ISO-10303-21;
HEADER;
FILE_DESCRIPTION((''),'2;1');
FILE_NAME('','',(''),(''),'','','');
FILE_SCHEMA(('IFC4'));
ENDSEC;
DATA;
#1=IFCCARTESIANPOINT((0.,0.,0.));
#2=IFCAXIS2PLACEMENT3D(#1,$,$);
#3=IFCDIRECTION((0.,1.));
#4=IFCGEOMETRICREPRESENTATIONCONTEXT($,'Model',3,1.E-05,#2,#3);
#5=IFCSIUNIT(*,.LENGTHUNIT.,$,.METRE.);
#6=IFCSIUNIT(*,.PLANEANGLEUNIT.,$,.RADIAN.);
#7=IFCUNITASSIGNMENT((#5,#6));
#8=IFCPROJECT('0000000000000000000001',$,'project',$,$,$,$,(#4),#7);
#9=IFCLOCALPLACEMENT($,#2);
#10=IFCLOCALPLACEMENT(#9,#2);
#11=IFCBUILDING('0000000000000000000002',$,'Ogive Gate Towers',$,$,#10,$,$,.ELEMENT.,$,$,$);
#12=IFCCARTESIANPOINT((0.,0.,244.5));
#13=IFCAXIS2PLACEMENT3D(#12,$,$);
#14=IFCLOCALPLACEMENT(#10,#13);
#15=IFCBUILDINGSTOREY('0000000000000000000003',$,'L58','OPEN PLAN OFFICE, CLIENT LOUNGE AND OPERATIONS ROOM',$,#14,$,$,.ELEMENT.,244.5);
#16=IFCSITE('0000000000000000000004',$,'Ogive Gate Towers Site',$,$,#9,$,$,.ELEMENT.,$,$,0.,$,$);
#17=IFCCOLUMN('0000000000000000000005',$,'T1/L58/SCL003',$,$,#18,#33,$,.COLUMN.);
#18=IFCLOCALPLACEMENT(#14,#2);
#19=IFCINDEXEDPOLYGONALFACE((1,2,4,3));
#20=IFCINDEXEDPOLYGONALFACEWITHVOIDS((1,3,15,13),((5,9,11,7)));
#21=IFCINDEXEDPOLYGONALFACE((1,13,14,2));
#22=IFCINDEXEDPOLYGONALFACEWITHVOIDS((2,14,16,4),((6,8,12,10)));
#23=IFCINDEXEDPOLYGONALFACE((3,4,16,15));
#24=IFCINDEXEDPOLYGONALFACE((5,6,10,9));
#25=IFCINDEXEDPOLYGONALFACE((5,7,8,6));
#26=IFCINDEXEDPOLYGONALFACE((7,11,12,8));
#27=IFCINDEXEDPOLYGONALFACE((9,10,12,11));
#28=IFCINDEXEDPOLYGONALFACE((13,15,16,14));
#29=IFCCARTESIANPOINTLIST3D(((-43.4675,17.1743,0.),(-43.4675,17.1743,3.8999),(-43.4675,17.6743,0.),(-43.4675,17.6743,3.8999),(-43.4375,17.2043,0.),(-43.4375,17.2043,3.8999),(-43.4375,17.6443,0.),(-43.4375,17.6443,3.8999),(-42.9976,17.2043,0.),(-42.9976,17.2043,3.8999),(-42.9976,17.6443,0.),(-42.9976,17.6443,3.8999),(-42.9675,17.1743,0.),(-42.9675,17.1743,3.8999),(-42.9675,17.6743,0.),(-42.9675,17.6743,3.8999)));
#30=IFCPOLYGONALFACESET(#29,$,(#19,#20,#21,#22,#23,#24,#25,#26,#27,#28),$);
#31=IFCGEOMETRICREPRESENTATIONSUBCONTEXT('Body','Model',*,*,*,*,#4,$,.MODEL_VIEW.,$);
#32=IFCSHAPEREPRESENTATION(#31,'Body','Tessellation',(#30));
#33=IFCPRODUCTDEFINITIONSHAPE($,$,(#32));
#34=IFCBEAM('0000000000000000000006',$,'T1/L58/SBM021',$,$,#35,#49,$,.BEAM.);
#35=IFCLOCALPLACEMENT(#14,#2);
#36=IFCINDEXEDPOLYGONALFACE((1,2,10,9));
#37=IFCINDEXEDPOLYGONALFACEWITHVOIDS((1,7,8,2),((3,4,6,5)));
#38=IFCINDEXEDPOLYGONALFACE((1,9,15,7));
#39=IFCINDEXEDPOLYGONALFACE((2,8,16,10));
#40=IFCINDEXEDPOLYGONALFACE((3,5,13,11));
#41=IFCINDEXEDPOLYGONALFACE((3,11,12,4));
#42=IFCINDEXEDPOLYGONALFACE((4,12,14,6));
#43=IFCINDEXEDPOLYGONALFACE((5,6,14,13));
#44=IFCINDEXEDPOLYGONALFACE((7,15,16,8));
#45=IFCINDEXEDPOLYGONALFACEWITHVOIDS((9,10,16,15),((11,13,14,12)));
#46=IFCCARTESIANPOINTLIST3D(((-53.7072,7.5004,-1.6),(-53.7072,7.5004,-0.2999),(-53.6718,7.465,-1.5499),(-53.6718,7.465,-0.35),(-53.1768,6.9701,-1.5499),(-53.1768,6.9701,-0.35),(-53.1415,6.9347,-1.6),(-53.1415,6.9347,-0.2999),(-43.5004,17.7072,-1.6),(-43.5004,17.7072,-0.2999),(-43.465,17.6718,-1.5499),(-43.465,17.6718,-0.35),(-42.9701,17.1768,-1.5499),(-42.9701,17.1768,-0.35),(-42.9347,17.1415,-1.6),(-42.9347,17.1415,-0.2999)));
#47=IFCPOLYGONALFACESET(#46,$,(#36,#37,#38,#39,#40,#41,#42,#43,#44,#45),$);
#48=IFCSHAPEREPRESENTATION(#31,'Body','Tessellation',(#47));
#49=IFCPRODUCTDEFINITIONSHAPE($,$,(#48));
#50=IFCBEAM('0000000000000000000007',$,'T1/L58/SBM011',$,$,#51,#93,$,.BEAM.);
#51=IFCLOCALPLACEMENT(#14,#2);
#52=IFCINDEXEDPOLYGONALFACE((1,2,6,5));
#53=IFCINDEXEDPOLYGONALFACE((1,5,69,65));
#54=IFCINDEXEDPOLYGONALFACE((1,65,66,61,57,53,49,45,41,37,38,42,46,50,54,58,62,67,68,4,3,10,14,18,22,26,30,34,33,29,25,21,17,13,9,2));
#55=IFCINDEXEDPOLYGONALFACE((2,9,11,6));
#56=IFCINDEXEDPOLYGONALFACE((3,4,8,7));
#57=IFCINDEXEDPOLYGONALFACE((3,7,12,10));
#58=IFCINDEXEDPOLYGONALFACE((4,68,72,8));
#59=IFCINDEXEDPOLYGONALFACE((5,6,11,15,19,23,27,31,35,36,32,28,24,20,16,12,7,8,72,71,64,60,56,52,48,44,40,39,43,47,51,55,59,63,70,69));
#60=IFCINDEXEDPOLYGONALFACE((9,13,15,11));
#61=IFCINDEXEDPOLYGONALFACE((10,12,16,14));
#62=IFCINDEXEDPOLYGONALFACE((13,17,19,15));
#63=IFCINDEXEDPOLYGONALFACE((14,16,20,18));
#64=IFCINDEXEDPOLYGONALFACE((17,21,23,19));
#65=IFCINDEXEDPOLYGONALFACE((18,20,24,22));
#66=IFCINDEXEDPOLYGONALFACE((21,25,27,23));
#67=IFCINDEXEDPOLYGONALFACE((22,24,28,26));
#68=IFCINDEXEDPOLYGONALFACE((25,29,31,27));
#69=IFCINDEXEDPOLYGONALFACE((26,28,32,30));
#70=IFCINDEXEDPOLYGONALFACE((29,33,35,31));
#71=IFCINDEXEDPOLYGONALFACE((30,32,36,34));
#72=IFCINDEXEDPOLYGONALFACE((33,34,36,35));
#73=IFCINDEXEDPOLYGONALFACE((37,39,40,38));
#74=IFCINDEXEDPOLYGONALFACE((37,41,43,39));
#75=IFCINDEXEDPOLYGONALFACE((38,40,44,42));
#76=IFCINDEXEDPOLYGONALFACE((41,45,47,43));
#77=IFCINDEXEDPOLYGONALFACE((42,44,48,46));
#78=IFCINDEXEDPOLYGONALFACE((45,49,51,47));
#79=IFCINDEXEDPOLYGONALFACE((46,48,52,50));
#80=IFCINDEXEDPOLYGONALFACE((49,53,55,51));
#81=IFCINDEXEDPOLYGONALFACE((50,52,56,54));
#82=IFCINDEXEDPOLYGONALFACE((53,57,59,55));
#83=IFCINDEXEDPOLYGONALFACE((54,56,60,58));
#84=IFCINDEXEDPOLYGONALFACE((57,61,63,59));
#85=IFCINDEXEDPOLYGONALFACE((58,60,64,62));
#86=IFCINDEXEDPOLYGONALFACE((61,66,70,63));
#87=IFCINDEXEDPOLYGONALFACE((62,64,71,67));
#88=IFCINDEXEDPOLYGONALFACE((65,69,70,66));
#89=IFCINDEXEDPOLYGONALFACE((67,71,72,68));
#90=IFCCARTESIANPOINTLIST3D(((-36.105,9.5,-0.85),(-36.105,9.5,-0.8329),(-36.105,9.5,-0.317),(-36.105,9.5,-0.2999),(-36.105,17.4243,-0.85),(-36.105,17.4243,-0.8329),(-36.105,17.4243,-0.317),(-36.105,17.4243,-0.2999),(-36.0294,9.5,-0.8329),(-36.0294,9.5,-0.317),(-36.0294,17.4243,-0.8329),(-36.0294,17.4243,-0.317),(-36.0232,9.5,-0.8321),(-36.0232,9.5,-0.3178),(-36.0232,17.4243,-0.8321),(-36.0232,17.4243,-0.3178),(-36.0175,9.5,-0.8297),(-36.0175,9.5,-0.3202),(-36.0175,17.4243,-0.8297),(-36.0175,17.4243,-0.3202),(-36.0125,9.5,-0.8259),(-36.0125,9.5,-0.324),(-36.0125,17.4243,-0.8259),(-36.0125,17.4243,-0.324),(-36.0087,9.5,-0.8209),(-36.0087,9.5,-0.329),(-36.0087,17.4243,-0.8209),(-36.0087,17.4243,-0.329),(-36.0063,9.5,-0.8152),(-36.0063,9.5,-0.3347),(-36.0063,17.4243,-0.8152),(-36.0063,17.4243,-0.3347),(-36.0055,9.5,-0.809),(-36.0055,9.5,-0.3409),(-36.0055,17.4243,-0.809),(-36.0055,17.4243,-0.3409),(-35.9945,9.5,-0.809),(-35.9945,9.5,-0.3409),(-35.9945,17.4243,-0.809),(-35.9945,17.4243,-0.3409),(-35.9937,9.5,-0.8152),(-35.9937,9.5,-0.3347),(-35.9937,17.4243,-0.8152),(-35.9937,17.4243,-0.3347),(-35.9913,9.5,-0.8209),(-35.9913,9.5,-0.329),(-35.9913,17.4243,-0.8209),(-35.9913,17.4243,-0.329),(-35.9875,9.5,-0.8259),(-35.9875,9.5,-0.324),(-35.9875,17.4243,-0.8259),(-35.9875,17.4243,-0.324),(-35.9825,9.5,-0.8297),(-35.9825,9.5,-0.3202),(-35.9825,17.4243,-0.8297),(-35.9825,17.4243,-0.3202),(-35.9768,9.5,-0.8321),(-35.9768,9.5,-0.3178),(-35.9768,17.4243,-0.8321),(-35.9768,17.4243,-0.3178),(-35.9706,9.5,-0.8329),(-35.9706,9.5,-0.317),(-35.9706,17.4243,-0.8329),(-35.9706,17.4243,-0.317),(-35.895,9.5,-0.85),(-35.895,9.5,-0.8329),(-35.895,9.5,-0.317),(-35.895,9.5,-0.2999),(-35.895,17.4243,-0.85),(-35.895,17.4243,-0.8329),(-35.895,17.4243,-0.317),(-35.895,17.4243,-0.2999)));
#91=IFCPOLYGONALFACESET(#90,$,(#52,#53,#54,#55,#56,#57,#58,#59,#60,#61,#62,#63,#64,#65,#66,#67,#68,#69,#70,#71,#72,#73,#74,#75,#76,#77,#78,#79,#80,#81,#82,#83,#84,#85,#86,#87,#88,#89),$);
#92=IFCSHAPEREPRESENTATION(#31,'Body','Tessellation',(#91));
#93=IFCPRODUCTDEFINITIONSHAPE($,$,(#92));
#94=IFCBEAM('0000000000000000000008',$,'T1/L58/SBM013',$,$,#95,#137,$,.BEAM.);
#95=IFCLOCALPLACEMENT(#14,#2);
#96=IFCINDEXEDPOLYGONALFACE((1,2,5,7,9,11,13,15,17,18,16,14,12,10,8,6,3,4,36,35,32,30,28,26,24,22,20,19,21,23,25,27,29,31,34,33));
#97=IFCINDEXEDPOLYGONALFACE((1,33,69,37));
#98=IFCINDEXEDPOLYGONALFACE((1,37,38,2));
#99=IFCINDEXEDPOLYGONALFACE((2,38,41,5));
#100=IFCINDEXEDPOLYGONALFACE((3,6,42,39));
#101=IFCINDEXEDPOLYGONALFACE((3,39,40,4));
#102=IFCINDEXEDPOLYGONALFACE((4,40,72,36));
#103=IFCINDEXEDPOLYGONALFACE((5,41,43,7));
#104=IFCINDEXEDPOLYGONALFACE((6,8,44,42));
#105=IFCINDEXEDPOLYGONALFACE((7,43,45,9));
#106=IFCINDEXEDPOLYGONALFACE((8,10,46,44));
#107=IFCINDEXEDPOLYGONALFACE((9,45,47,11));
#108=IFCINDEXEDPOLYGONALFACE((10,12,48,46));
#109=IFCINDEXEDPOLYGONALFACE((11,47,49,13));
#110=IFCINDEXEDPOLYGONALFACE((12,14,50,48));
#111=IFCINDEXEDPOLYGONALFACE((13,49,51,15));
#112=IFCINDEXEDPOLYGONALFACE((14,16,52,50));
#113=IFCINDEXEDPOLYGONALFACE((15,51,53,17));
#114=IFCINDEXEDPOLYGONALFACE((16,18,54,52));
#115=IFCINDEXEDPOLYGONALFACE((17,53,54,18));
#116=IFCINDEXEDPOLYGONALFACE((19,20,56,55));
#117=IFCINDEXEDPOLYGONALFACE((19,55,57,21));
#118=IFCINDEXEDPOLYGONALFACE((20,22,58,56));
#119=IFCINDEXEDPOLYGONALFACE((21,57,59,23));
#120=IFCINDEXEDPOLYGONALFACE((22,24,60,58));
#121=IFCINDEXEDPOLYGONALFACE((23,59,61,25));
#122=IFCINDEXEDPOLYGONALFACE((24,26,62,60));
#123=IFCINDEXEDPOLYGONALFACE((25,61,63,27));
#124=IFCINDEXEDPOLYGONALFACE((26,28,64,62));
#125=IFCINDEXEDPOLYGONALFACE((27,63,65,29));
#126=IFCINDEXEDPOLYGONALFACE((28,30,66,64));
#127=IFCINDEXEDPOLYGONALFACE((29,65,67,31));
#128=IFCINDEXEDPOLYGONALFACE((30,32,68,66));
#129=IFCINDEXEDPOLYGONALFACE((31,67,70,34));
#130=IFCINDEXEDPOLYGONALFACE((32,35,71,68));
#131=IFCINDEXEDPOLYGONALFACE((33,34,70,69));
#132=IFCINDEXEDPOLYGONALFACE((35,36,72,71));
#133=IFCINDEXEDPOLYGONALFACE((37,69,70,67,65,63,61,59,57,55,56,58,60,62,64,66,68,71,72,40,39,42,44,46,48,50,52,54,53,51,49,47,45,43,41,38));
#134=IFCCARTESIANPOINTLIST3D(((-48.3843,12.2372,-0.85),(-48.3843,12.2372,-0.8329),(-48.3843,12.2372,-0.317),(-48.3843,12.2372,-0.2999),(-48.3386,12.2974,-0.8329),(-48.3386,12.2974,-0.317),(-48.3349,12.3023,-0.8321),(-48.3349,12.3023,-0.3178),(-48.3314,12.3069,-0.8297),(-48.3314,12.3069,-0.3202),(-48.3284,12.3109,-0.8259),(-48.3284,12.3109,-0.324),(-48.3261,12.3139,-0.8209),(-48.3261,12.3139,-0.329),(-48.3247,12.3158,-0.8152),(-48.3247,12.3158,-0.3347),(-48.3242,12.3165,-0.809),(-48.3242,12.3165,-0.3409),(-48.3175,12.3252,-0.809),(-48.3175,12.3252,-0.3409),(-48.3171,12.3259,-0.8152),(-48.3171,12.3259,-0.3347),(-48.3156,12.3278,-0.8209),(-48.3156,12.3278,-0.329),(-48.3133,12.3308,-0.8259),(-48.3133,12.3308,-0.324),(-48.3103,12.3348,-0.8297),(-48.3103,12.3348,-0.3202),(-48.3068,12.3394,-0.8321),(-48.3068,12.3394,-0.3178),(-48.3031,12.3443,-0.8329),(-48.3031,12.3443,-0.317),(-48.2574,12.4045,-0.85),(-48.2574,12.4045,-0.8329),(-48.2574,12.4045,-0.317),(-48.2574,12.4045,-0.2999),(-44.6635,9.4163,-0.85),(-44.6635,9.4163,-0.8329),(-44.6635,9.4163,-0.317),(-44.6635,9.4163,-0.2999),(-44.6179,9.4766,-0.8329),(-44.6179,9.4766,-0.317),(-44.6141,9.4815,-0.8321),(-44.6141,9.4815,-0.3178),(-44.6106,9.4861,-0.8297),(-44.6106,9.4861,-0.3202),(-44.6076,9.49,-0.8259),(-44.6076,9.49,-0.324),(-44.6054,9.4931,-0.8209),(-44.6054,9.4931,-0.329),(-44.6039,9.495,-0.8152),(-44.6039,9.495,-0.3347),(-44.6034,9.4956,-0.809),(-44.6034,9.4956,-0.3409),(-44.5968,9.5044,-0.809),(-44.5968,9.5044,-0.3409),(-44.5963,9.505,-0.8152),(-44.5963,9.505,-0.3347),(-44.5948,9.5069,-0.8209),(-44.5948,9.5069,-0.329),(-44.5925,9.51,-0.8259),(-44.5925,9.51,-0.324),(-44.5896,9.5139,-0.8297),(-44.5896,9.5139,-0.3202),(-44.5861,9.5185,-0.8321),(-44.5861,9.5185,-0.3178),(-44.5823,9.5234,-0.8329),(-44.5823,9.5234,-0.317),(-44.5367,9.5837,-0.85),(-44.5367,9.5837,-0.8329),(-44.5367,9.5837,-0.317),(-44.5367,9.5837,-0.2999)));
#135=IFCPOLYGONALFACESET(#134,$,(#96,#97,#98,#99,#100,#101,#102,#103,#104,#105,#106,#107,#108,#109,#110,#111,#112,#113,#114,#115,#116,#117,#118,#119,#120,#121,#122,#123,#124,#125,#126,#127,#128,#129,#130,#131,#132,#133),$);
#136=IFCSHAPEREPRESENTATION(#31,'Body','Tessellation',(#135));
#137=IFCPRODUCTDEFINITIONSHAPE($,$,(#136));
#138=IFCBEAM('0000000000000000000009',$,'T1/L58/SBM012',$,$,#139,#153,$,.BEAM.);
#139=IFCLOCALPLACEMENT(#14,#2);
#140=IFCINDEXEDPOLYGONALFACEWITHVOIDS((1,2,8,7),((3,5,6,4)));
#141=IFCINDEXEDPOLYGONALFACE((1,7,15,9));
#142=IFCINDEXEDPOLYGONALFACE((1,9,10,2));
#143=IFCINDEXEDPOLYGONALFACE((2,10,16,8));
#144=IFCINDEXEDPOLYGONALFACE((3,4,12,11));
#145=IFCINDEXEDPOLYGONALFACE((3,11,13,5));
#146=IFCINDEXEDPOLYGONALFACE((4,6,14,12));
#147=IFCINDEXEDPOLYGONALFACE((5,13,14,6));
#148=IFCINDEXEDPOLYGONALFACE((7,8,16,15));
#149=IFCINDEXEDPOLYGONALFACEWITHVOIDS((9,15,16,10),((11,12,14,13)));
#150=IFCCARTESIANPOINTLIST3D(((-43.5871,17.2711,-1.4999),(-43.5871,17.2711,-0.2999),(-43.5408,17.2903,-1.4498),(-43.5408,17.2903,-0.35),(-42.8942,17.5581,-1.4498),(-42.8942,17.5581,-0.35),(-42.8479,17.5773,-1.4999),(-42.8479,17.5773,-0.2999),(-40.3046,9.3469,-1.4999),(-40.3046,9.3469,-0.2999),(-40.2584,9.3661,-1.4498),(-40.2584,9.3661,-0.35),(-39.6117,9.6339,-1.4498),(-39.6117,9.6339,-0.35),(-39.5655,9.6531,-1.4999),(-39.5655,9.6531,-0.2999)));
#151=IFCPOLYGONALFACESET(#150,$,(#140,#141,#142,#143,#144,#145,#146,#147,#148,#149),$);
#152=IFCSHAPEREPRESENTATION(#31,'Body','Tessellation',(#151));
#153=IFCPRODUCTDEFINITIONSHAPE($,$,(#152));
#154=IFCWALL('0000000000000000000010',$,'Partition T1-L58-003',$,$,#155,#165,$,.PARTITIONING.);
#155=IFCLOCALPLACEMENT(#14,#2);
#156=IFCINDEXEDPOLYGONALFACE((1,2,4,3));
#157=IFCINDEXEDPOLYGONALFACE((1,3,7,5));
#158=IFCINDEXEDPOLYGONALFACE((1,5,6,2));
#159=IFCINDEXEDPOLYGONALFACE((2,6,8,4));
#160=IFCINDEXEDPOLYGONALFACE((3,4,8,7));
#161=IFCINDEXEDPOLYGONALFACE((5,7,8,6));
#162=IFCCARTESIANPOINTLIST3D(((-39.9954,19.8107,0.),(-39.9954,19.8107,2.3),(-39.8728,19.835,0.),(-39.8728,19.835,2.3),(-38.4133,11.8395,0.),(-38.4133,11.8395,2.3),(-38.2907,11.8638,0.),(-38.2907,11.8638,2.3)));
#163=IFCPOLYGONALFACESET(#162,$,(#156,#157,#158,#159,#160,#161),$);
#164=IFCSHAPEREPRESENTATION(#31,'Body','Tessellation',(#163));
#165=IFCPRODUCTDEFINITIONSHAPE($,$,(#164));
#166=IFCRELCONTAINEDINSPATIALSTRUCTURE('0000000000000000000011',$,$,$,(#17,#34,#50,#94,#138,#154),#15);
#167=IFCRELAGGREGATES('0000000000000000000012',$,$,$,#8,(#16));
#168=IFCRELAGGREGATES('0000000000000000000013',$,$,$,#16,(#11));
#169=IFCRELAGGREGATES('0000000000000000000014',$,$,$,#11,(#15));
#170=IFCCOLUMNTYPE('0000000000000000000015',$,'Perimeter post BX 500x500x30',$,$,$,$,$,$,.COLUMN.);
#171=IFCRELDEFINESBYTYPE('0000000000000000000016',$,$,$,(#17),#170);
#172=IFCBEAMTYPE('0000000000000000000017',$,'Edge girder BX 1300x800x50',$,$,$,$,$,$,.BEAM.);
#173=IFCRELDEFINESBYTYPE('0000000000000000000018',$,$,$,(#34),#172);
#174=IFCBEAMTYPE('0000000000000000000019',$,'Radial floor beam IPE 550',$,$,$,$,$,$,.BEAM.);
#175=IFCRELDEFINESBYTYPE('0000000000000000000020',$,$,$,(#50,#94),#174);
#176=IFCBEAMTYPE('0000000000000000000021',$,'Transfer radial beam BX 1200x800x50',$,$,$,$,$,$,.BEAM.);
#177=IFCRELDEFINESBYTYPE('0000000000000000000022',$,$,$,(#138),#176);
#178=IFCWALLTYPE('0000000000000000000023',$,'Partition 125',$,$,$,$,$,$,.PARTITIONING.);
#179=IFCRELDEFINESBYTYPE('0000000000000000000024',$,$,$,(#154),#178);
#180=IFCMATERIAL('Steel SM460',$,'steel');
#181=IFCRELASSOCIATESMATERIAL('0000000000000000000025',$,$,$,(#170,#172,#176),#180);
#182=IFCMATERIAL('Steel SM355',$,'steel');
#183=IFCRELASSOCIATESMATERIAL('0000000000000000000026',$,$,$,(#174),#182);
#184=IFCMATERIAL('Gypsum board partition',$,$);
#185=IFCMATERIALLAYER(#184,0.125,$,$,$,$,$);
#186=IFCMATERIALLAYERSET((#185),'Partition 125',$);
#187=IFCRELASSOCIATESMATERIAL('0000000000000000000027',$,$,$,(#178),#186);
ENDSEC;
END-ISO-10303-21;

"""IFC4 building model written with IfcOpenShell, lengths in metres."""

from ifc_helpers import new_model, si_unit, direction, frame, frame_2d, origin, origin_2d, place, context, subcontext, project, spatial, rectangle, hollow_rectangle, i_section, extrude, material, layer, layer_set, material_profile, profile_set, type_object, element, save


model = new_model("IFC4")

# Units and contexts
model_context = context("Model", 3, precision=1e-05, world=origin(), true_north=direction((0.0, 1.0)))
body_context = subcontext(model_context, "Body", "Model", "MODEL_VIEW")
ifc_project = project(units=[si_unit("LENGTHUNIT", "METRE"), si_unit("PLANEANGLEUNIT", "RADIAN")], contexts=[model_context])

# Site, building, storey
site_placement = place(None, origin())
site = spatial("IfcSite", under=ifc_project, at=site_placement, Name="Ogive Gate Towers Site", CompositionType="ELEMENT", RefElevation=0.0)
building_placement = place(site_placement, origin())
building = spatial("IfcBuilding", under=site, at=building_placement, Name="Ogive Gate Towers", CompositionType="ELEMENT")
storey_placement = place(building_placement, frame((0.0, 0.0, 244.5)))
storey = spatial("IfcBuildingStorey", under=building, at=storey_placement, Name="L58", Description="OPEN PLAN OFFICE, CLIENT LOUNGE AND OPERATIONS ROOM", CompositionType="ELEMENT", Elevation=244.5)

# Column
ifc_material_1 = material(Name="Steel SM460", Category="steel")
ifc_material_profile_1 = material_profile(ifc_material_1, hollow_rectangle(XDim=0.5, YDim=0.5, WallThickness=0.03, at=origin_2d()), Name="BX 500x500x30")
ifc_profile_set_1 = profile_set([ifc_material_profile_1], Name="Steel SM460")
column_type = type_object("IfcColumnType", Name="Perimeter post BX 500x500x30", PredefinedType="COLUMN", material=ifc_profile_set_1)
column_placement = place(storey_placement, frame((-43.2175, 17.4243, 0.0), z_axis=(0.0, 0.0, 1.0), x_axis=(1.0, 0.0, 0.0)))
element("IfcColumn", 1, at=column_placement, inside=storey, type_object=column_type, Name="T1/L58/SCL003", PredefinedType="COLUMN", context=body_context, shape_type="SweptSolid", body=[
    extrude(hollow_rectangle(XDim=0.5, YDim=0.5, WallThickness=0.03, at=origin_2d()), origin(), (0.0, 0.0, 1.0), 3.8999),
])

# Beams
ifc_material_profile_2 = material_profile(ifc_material_1, hollow_rectangle(XDim=0.8, YDim=1.3, WallThickness=0.05, at=origin_2d()), Name="BX 1300x800x50")
ifc_profile_set_2 = profile_set([ifc_material_profile_2], Name="Steel SM460")
beam_type_1 = type_object("IfcBeamType", Name="Edge girder BX 1300x800x50", PredefinedType="BEAM", material=ifc_profile_set_2)
beam_1_placement = place(storey_placement, frame((-43.2175, 17.4243, -0.95), z_axis=(-0.707107, -0.707107, 0.0), x_axis=(0.707107, -0.707107, 0.0)))
element("IfcBeam", 2, at=beam_1_placement, inside=storey, type_object=beam_type_1, Name="T1/L58/SBM021", PredefinedType="BEAM", context=body_context, shape_type="SweptSolid", body=[
    extrude(hollow_rectangle(XDim=0.8, YDim=1.3, WallThickness=0.05, at=origin_2d()), origin(), (0.0, 0.0, 1.0), 14.4346),
])
ifc_material_2 = material(Name="Steel SM355", Category="steel")
ifc_material_profile_3 = material_profile(ifc_material_2, i_section(OverallWidth=0.21, OverallDepth=0.55, WebThickness=0.011, FlangeThickness=0.0171, FilletRadius=0.0239, at=origin_2d()), Name="IPE 550")
ifc_profile_set_3 = profile_set([ifc_material_profile_3], Name="Steel SM355")
beam_type_2 = type_object("IfcBeamType", Name="Radial floor beam IPE 550", PredefinedType="BEAM", material=ifc_profile_set_3)
beam_2_placement = place(storey_placement, frame((-36.0, 9.5, -0.575), z_axis=(0.0, 1.0, 0.0), x_axis=(-1.0, 0.0, 0.0)))
element("IfcBeam", 3, at=beam_2_placement, inside=storey, type_object=beam_type_2, Name="T1/L58/SBM011", PredefinedType="BEAM", context=body_context, shape_type="SweptSolid", body=[
    extrude(i_section(OverallWidth=0.21, OverallDepth=0.55, WebThickness=0.011, FlangeThickness=0.0171, FilletRadius=0.0239, at=origin_2d()), origin(), (0.0, 0.0, 1.0), 7.9243),
])
beam_3_placement = place(storey_placement, frame((-44.6001, 9.5, -0.575), z_axis=(-0.796877, 0.604142, 0.0), x_axis=(-0.604142, -0.796877, 0.0)))
element("IfcBeam", 4, at=beam_3_placement, inside=storey, type_object=beam_type_2, Name="T1/L58/SBM013", PredefinedType="BEAM", context=body_context, shape_type="SweptSolid", body=[
    extrude(i_section(OverallWidth=0.21, OverallDepth=0.55, WebThickness=0.011, FlangeThickness=0.0171, FilletRadius=0.0239, at=origin_2d()), origin(), (0.0, 0.0, 1.0), 4.6692),
])
ifc_material_profile_4 = material_profile(ifc_material_1, hollow_rectangle(XDim=0.8, YDim=1.2, WallThickness=0.05, at=origin_2d()), Name="BX 1200x800x50")
ifc_profile_set_4 = profile_set([ifc_material_profile_4], Name="Steel SM460")
beam_type_3 = type_object("IfcBeamType", Name="Transfer radial beam BX 1200x800x50", PredefinedType="BEAM", material=ifc_profile_set_4)
beam_4_placement = place(storey_placement, frame((-39.9351, 9.5, -0.8999), z_axis=(-0.382695, 0.923875, 0.0), x_axis=(-0.923875, -0.382695, 0.0)))
element("IfcBeam", 5, at=beam_4_placement, inside=storey, type_object=beam_type_3, Name="T1/L58/SBM012", PredefinedType="BEAM", context=body_context, shape_type="SweptSolid", body=[
    extrude(hollow_rectangle(XDim=0.8, YDim=1.2, WallThickness=0.05, at=origin_2d()), origin(), (0.0, 0.0, 1.0), 8.5771),
])

# Wall
ifc_material_3 = material(Name="Gypsum board partition")
ifc_layer_1 = layer(ifc_material_3, 0.125)
ifc_layer_set_1 = layer_set([ifc_layer_1], Name="Partition 125")
wall_type_1 = type_object("IfcWallType", Name="Partition 125", PredefinedType="PARTITIONING", material=ifc_layer_set_1)
wall_1_placement = place(storey_placement, frame((-39.9341, 19.823, 0.0), z_axis=(0.0, 0.0, 1.0), x_axis=(0.194672, -0.980868, 0.0)))
element("IfcWall", 6, at=wall_1_placement, inside=storey, type_object=wall_type_1, Name="Partition T1-L58-003", PredefinedType="PARTITIONING", context=body_context, shape_type="SweptSolid", body=[
    extrude(rectangle(XDim=8.1267, YDim=0.125, at=frame_2d((4.0635, 0.0))), origin(), (0.0, 0.0, 1.0), 2.3),
])

save(model, "model.ifc")
